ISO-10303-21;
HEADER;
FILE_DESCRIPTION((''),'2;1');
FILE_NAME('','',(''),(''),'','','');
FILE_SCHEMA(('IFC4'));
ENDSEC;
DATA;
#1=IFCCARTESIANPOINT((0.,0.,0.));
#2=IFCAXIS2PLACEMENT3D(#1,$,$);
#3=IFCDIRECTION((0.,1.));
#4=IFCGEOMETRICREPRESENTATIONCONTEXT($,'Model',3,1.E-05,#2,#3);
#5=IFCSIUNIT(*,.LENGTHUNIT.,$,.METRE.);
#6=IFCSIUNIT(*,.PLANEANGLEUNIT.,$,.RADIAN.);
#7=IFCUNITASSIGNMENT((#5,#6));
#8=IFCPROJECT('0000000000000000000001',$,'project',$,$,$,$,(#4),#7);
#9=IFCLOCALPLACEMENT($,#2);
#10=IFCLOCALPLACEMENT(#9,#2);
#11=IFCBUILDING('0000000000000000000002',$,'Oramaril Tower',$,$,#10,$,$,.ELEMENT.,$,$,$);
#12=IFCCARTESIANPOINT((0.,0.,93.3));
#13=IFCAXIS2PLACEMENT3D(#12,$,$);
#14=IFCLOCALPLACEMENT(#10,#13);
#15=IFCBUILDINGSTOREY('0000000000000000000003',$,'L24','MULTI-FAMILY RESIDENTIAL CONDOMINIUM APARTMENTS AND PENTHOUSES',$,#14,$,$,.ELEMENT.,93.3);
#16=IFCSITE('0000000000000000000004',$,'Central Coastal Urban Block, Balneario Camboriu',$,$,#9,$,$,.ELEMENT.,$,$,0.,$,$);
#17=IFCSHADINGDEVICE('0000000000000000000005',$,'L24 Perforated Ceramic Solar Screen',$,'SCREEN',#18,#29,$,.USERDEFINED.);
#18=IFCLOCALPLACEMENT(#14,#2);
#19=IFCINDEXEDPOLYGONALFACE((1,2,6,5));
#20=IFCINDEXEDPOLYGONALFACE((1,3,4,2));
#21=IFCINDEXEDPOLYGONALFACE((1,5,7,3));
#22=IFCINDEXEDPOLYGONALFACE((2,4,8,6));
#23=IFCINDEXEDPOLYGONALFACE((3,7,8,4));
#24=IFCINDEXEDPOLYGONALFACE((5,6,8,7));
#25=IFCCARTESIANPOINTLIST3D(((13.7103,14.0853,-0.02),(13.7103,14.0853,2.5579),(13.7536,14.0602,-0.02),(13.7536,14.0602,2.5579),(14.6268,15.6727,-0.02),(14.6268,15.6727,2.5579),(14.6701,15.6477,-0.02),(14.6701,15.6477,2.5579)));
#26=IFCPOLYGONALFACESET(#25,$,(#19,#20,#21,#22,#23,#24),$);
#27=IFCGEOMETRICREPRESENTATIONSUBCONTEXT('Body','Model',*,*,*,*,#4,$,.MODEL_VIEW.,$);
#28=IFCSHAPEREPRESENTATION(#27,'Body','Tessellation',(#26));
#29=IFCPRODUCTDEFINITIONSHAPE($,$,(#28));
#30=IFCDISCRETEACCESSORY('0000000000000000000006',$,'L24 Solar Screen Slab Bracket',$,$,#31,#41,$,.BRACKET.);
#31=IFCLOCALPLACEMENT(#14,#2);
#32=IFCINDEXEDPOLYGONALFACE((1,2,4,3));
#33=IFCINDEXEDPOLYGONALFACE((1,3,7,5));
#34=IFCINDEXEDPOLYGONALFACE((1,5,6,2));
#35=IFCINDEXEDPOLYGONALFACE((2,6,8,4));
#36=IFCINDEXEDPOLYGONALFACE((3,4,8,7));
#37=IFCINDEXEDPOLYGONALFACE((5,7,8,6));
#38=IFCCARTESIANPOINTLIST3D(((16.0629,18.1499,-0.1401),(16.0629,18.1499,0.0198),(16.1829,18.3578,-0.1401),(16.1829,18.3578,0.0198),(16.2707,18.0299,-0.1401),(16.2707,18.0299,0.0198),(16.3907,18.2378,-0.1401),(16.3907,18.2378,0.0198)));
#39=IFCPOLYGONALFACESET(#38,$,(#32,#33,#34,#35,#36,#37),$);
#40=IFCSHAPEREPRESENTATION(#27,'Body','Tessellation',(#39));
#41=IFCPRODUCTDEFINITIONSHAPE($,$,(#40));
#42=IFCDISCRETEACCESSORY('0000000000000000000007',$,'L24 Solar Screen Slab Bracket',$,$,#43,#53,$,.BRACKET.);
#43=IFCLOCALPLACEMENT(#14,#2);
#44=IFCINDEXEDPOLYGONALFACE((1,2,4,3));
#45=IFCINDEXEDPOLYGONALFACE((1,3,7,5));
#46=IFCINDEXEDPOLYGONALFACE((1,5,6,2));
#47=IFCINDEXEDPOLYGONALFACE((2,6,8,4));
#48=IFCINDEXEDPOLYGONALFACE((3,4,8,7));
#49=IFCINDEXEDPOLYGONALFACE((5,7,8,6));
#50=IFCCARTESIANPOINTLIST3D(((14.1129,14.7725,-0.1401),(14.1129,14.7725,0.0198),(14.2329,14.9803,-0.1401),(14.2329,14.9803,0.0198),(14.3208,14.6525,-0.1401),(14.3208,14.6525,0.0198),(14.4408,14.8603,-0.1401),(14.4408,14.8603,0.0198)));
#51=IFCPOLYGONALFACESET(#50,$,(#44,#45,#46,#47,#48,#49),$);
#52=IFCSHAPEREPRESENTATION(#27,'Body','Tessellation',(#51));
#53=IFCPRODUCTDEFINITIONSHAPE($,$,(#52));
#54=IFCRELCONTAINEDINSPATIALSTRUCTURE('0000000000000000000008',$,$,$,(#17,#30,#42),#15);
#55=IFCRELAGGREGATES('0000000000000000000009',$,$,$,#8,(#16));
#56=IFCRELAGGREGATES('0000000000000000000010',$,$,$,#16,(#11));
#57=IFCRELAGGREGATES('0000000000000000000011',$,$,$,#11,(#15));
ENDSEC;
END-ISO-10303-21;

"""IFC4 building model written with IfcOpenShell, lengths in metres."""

from ifc_helpers import new_model, si_unit, direction, frame, origin, origin_2d, place, context, subcontext, project, spatial, rectangle, extrude, element, save


model = new_model("IFC4")

# Units and contexts
model_context = context("Model", 3, precision=1e-05, world=origin(), true_north=direction((0.0, 1.0)))
body_context = subcontext(model_context, "Body", "Model", "MODEL_VIEW")
ifc_project = project(units=[si_unit("LENGTHUNIT", "METRE"), si_unit("PLANEANGLEUNIT", "RADIAN")], contexts=[model_context])

# Site, building, storey
site_placement = place(None, origin())
site = spatial("IfcSite", under=ifc_project, at=site_placement, Name="Central Coastal Urban Block, Balneario Camboriu", CompositionType="ELEMENT", RefElevation=0.0)
building_placement = place(site_placement, origin())
building = spatial("IfcBuilding", under=site, at=building_placement, Name="Oramaril Tower", CompositionType="ELEMENT")
storey_placement = place(building_placement, frame((0.0, 0.0, 93.3)))
storey = spatial("IfcBuildingStorey", under=building, at=storey_placement, Name="L24", Description="MULTI-FAMILY RESIDENTIAL CONDOMINIUM APARTMENTS AND PENTHOUSES", CompositionType="ELEMENT", Elevation=93.3)

# Shading device
for number, where, z_axis, x_axis, name in (
    (1, (14.1902, 14.8665, -0.02), (0.0, 0.0, 1.0), (-0.5, -0.866025, 0.0), "L24 Perforated Ceramic Solar Screen"),
):
    element("IfcShadingDevice", number, at=place(storey_placement, frame(where, z_axis=z_axis, x_axis=x_axis)), inside=storey, Name=name, ObjectType="SCREEN", PredefinedType="USERDEFINED", context=body_context, shape_type="SweptSolid", body=[
        extrude(rectangle(XDim=1.833, YDim=0.05, at=origin_2d()), origin(), (0.0, 0.0, 1.0), 2.5779),
    ])

# Discrete accessories
for number, where, z_axis, x_axis, name in (
    (2, (16.2268, 18.1938, -0.1401), (0.0, 0.0, 1.0), (-0.5, -0.866025, 0.0), "L24 Solar Screen Slab Bracket"),
    (3, (14.2769, 14.8164, -0.1401), (0.0, 0.0, 1.0), (-0.5, -0.866025, 0.0), "L24 Solar Screen Slab Bracket"),
):
    element("IfcDiscreteAccessory", number, at=place(storey_placement, frame(where, z_axis=z_axis, x_axis=x_axis)), inside=storey, Name=name, PredefinedType="BRACKET", context=body_context, shape_type="SweptSolid", body=[
        extrude(rectangle(XDim=0.24, YDim=0.24, at=origin_2d()), origin(), (0.0, 0.0, 1.0), 0.1599),
    ])

save(model, "model.ifc")
